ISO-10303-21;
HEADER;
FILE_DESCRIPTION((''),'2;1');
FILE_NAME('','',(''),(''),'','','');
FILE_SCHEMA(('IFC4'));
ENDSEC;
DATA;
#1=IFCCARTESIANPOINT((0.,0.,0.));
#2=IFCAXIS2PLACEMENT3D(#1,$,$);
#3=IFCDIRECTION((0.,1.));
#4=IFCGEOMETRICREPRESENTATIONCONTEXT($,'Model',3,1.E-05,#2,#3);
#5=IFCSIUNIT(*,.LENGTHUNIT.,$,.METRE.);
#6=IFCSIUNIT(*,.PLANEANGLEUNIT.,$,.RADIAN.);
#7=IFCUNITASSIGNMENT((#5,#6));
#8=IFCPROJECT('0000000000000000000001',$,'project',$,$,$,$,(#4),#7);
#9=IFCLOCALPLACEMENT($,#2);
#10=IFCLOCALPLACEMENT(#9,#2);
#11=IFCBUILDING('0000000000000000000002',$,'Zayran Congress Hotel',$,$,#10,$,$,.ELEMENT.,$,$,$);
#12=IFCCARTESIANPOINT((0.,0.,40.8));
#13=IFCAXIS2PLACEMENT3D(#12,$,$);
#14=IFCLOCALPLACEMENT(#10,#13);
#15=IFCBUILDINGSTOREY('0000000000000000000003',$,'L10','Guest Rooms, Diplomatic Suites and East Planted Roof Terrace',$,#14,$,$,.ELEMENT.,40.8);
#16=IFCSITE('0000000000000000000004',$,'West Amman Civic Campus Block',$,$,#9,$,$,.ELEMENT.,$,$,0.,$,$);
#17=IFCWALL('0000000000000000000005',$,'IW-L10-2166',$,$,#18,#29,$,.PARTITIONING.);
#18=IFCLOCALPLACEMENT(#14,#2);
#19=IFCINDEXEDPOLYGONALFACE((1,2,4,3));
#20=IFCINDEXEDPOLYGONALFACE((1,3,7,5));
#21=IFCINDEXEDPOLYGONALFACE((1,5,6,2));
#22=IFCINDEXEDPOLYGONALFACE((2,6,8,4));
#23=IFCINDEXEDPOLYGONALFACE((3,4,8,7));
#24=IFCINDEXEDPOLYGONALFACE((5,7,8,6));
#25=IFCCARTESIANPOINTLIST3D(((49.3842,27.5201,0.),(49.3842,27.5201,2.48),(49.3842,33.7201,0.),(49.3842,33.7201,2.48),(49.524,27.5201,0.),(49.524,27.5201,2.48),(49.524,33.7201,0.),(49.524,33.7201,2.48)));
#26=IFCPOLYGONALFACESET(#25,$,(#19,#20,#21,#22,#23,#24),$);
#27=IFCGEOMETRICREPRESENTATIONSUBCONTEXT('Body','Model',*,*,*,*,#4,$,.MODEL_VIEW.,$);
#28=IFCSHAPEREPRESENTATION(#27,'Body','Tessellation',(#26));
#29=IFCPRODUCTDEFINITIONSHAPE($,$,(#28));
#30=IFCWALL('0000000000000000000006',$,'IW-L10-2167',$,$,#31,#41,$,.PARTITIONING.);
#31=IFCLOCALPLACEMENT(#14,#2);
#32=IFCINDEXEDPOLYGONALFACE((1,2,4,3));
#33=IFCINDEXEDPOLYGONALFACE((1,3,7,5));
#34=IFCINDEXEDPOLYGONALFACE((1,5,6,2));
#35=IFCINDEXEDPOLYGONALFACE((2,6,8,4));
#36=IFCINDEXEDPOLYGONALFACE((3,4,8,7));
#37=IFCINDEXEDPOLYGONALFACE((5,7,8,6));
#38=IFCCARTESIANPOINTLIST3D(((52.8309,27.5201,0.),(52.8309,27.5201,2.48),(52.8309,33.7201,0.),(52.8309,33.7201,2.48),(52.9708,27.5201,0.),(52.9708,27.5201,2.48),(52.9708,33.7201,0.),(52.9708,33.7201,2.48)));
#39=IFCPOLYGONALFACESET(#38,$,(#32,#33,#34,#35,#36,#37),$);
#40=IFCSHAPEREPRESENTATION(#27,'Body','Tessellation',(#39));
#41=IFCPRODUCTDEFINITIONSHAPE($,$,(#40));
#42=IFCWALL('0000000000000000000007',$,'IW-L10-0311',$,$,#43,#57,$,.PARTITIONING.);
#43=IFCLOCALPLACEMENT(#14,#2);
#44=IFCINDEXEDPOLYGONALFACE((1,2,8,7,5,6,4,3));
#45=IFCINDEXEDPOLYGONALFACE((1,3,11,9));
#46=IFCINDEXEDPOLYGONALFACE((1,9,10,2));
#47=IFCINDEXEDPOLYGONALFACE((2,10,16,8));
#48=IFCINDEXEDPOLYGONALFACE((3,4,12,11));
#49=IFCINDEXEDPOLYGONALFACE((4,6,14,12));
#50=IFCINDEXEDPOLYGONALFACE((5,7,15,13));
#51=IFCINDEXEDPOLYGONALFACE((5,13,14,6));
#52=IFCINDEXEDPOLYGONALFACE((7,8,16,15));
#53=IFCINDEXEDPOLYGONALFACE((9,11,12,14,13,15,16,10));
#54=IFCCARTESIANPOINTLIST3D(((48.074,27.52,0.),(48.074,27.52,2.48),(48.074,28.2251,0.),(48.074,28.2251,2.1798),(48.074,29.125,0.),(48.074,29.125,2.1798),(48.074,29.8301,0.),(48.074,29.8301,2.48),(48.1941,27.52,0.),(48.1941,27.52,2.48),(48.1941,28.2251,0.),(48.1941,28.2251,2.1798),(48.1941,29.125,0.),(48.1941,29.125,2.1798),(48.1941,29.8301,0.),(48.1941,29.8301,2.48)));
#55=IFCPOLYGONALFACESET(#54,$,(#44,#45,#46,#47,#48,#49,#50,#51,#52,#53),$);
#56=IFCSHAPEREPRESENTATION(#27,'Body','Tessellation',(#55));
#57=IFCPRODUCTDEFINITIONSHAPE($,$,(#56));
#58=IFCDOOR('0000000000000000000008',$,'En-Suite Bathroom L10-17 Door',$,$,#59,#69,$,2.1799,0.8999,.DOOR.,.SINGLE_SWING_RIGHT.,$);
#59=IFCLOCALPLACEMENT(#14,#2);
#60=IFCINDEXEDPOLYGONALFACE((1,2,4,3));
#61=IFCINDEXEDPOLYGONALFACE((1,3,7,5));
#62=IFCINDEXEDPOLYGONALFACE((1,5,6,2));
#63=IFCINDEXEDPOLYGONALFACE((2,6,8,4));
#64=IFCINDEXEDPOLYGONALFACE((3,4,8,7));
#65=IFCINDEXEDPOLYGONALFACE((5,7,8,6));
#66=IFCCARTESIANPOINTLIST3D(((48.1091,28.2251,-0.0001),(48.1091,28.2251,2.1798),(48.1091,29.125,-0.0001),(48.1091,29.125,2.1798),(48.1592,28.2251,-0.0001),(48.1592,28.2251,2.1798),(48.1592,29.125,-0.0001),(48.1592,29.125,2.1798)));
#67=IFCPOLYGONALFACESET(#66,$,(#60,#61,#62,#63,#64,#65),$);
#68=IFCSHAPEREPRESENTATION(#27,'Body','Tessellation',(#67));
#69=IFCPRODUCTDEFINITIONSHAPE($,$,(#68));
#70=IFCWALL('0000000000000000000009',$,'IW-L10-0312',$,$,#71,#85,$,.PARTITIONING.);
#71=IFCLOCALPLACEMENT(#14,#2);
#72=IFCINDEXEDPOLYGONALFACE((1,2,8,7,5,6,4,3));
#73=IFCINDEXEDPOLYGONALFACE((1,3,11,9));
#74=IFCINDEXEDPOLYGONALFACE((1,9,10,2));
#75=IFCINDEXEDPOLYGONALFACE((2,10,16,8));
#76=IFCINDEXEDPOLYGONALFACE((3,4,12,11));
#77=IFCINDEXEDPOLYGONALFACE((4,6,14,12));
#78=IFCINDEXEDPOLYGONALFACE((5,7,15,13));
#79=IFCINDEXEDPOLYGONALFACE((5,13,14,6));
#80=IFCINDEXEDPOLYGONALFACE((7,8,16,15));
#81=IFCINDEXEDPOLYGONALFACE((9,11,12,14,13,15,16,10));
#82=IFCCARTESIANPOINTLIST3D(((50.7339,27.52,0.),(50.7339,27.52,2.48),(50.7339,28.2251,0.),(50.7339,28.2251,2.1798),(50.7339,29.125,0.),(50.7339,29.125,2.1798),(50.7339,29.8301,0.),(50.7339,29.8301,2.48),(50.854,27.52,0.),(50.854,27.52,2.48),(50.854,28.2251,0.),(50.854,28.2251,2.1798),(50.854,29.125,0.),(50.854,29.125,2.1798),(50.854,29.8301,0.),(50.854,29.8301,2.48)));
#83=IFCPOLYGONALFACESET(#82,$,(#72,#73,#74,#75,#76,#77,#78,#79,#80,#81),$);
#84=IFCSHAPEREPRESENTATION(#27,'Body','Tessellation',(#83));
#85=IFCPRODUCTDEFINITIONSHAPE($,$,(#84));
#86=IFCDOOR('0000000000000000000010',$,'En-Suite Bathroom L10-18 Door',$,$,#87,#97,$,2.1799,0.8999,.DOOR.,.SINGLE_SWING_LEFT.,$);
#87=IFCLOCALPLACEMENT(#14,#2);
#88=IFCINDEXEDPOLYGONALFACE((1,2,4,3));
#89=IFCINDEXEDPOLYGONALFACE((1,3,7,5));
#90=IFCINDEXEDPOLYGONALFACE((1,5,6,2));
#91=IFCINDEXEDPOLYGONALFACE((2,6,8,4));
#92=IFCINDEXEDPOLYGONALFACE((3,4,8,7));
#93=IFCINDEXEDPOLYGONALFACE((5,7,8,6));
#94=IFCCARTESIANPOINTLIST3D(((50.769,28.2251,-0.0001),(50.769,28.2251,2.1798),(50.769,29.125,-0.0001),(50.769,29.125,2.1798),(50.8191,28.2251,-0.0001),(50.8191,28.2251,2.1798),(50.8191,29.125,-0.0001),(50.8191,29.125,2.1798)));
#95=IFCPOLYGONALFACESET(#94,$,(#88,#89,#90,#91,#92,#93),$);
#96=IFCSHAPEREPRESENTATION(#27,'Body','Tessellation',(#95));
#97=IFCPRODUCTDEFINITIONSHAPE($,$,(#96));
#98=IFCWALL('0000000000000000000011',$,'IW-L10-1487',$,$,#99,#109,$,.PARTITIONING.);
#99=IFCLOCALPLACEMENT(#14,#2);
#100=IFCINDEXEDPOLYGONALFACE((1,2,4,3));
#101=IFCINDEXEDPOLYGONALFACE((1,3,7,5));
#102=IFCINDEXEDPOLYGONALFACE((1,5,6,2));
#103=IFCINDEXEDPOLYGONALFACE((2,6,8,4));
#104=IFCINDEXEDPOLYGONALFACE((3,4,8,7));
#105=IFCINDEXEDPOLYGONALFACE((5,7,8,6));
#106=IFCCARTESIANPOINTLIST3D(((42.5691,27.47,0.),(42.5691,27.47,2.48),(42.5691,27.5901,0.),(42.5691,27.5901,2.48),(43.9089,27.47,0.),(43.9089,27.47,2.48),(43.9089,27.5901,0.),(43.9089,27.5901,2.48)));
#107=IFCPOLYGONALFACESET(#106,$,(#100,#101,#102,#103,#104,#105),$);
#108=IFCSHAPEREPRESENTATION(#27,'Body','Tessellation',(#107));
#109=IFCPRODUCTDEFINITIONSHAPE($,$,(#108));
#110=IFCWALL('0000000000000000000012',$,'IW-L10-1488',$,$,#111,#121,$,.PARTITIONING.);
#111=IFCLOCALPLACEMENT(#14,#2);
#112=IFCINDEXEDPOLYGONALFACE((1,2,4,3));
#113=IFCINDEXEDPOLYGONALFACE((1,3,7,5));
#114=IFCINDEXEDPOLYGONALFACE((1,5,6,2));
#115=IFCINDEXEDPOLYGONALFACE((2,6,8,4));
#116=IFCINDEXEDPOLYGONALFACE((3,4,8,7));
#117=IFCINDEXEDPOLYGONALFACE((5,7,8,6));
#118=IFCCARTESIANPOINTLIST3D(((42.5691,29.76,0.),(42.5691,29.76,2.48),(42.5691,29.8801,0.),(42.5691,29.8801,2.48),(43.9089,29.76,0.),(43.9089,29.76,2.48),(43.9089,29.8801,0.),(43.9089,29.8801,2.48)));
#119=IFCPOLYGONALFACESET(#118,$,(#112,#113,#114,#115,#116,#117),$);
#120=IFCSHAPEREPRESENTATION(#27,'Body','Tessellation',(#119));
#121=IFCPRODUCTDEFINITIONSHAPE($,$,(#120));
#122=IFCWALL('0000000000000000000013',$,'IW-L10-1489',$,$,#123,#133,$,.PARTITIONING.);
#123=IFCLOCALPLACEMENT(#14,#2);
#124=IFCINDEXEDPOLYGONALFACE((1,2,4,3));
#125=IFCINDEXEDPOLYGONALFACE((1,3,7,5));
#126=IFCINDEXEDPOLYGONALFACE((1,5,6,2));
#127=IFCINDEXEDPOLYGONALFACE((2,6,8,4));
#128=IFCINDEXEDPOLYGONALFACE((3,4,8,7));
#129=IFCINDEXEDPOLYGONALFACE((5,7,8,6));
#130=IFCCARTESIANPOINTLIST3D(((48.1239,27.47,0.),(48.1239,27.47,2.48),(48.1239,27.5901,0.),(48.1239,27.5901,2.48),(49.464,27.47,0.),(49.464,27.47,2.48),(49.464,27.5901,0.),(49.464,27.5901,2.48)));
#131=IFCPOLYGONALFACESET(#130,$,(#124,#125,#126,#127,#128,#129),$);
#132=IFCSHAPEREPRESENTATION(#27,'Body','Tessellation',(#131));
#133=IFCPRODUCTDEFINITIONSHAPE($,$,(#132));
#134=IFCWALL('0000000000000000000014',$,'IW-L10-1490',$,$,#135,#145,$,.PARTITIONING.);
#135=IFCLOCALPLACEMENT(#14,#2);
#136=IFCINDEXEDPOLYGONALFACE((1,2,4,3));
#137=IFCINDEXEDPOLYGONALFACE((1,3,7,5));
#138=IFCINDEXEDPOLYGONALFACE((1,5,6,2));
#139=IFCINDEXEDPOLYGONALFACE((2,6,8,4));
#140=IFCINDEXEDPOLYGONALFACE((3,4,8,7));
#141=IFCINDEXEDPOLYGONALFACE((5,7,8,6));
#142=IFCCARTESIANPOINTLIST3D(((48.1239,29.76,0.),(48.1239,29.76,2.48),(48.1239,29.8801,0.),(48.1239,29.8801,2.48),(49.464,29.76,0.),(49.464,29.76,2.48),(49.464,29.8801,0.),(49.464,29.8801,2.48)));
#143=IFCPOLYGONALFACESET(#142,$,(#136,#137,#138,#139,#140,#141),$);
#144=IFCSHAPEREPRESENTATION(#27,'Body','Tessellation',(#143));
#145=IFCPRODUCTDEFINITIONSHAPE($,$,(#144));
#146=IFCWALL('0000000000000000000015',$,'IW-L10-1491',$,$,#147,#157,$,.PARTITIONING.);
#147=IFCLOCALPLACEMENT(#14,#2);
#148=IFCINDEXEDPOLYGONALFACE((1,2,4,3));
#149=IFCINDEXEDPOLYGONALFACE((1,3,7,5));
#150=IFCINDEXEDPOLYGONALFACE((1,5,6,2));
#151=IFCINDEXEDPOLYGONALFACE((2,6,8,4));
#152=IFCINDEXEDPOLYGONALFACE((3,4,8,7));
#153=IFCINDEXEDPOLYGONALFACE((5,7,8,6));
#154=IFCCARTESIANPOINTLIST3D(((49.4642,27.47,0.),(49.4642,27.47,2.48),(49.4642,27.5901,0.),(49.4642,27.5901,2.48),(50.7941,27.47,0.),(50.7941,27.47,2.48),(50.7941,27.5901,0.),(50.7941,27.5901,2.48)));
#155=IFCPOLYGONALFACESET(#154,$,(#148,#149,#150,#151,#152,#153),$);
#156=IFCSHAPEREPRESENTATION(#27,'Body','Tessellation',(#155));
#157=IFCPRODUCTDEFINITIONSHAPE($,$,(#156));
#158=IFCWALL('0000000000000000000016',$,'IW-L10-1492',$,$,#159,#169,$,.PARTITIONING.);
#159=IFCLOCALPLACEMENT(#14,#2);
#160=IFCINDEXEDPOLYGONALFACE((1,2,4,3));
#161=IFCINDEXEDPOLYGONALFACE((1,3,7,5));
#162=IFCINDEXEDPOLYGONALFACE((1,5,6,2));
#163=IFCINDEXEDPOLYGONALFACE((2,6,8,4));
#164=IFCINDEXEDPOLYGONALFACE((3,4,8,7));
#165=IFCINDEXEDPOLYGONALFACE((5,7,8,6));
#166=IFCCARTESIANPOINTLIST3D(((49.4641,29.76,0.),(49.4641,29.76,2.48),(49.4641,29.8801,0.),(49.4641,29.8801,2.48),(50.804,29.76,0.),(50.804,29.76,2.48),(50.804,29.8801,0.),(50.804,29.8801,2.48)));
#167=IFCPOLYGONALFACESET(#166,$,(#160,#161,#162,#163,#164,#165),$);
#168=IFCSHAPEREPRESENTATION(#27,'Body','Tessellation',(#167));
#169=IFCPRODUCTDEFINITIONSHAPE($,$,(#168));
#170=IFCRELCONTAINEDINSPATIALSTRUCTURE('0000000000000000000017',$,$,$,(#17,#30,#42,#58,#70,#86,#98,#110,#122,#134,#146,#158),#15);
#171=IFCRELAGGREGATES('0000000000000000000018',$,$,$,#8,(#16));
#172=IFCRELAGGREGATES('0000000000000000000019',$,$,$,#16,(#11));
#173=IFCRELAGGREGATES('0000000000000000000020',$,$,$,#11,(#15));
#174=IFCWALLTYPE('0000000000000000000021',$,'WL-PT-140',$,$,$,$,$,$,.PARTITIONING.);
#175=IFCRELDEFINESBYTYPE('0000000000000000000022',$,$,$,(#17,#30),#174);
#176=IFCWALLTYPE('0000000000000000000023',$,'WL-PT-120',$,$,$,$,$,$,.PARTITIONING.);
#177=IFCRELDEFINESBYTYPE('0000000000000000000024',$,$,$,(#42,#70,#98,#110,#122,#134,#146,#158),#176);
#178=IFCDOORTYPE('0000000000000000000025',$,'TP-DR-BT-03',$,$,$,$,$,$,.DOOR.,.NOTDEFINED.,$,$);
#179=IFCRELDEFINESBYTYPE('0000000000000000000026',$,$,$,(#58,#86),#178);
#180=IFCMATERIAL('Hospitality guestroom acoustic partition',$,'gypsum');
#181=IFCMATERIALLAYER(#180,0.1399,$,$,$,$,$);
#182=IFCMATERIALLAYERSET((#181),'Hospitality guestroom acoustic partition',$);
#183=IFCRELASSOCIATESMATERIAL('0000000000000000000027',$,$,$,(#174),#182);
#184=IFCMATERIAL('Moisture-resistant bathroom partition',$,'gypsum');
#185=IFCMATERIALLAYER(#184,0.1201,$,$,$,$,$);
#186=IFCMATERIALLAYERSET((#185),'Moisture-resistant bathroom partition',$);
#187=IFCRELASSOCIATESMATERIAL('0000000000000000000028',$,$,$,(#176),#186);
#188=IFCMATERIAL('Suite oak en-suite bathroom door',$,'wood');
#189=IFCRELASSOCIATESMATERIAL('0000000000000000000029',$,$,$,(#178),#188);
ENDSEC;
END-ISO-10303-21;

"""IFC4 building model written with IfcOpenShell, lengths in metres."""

from ifc_helpers import new_model, si_unit, direction, frame, frame_2d, origin, place, context, subcontext, project, spatial, rectangle, extrude, material, layer, layer_set, type_object, element, fill, save


model = new_model("IFC4")

# Units and contexts
model_context = context("Model", 3, precision=1e-05, world=origin(), true_north=direction((0.0, 1.0)))
body_context = subcontext(model_context, "Body", "Model", "MODEL_VIEW")
ifc_project = project(units=[si_unit("LENGTHUNIT", "METRE"), si_unit("PLANEANGLEUNIT", "RADIAN")], contexts=[model_context])

# Site, building, storey
site_placement = place(None, origin())
site = spatial("IfcSite", under=ifc_project, at=site_placement, Name="West Amman Civic Campus Block", CompositionType="ELEMENT", RefElevation=0.0)
building_placement = place(site_placement, origin())
building = spatial("IfcBuilding", under=site, at=building_placement, Name="Zayran Congress Hotel", CompositionType="ELEMENT")
storey_placement = place(building_placement, frame((0.0, 0.0, 40.8)))
storey = spatial("IfcBuildingStorey", under=building, at=storey_placement, Name="L10", Description="Guest Rooms, Diplomatic Suites and East Planted Roof Terrace", CompositionType="ELEMENT", Elevation=40.8)

# Shared definitions
ifc_material_1 = material(Name="Hospitality guestroom acoustic partition", Category="gypsum")
ifc_layer_1 = layer(ifc_material_1, 0.1399)
ifc_layer_set_1 = layer_set([ifc_layer_1], Name="Hospitality guestroom acoustic partition")
wall_type_1 = type_object("IfcWallType", Name="WL-PT-140", PredefinedType="PARTITIONING", material=ifc_layer_set_1)

# Walls
for number, where, z_axis, x_axis, name in (
    (1, (49.4541, 27.52, 0.0), (0.0, 0.0, 1.0), (0.0, 1.0, 0.0), "IW-L10-2166"),
    (2, (52.9009, 27.52, 0.0), (0.0, 0.0, 1.0), (0.0, 1.0, 0.0), "IW-L10-2167"),
):
    element("IfcWall", number, at=place(storey_placement, frame(where, z_axis=z_axis, x_axis=x_axis)), inside=storey, type_object=wall_type_1, Name=name, PredefinedType="PARTITIONING", context=body_context, shape_type="SweptSolid", body=[
        extrude(rectangle(XDim=6.2, YDim=0.1399, at=frame_2d((3.1001, 0.0))), origin(), (0.0, 0.0, 1.0), 2.48),
    ])

# Walls, openings, doors
ifc_material_2 = material(Name="Moisture-resistant bathroom partition", Category="gypsum")
ifc_layer_2 = layer(ifc_material_2, 0.1201)
ifc_layer_set_2 = layer_set([ifc_layer_2], Name="Moisture-resistant bathroom partition")
wall_type_2 = type_object("IfcWallType", Name="WL-PT-120", PredefinedType="PARTITIONING", material=ifc_layer_set_2)
wall_1_placement = place(storey_placement, frame((48.134, 27.52, 0.0), z_axis=(0.0, 0.0, 1.0), x_axis=(0.0, 1.0, 0.0)))
wall_1 = element("IfcWall", 3, at=wall_1_placement, inside=storey, type_object=wall_type_2, Name="IW-L10-0311", PredefinedType="PARTITIONING", context=body_context, shape_type="SweptSolid", body=[
    extrude(rectangle(XDim=2.3101, YDim=0.1201, at=frame_2d((1.155, 0.0))), origin(), (0.0, 0.0, 1.0), 2.48),
])
opening_1_placement = place(wall_1_placement, frame((0.7051, 0.0, 0.0)))
opening_1 = element("IfcOpeningElement", 4, at=opening_1_placement, cuts=wall_1, PredefinedType="OPENING", context=body_context, shape_type="SweptSolid", body=[
    extrude(rectangle(XDim=0.8999, YDim=2.1799, at=frame_2d((0.45, 1.0898))), frame((0.0, 0.0701, 0.0), z_axis=(0.0, -1.0, 0.0), x_axis=(1.0, 0.0, 0.0)), (0.0, 0.0, 1.0), 0.1401),
])
ifc_material_3 = material(Name="Suite oak en-suite bathroom door", Category="wood")
door_type_1 = type_object("IfcDoorType", Name="TP-DR-BT-03", OperationType="NOTDEFINED", PredefinedType="DOOR", material=ifc_material_3)
door_1_placement = place(opening_1_placement, origin())
door_1 = element("IfcDoor", 5, at=door_1_placement, inside=storey, type_object=door_type_1, Name="En-Suite Bathroom L10-17 Door", OperationType="SINGLE_SWING_RIGHT", OverallHeight=2.1799, OverallWidth=0.8999, PredefinedType="DOOR", context=body_context, shape_type="SweptSolid", body=[
    extrude(rectangle(XDim=0.8999, YDim=2.1799, at=frame_2d((0.45, 1.0898))), frame((0.0, 0.0249, 0.0), z_axis=(0.0, -1.0, 0.0), x_axis=(1.0, 0.0, 0.0)), (0.0, 0.0, 1.0), 0.05),
])
fill(opening_1, door_1)
wall_2_placement = place(storey_placement, frame((50.7939, 27.52, 0.0), z_axis=(0.0, 0.0, 1.0), x_axis=(0.0, 1.0, 0.0)))
wall_2 = element("IfcWall", 6, at=wall_2_placement, inside=storey, type_object=wall_type_2, Name="IW-L10-0312", PredefinedType="PARTITIONING", context=body_context, shape_type="SweptSolid", body=[
    extrude(rectangle(XDim=2.3101, YDim=0.1201, at=frame_2d((1.155, 0.0))), origin(), (0.0, 0.0, 1.0), 2.48),
])
opening_2_placement = place(wall_2_placement, frame((0.7051, 0.0, 0.0)))
opening_2 = element("IfcOpeningElement", 7, at=opening_2_placement, cuts=wall_2, PredefinedType="OPENING", context=body_context, shape_type="SweptSolid", body=[
    extrude(rectangle(XDim=0.8999, YDim=2.1799, at=frame_2d((0.45, 1.0898))), frame((0.0, 0.0701, 0.0), z_axis=(0.0, -1.0, 0.0), x_axis=(1.0, 0.0, 0.0)), (0.0, 0.0, 1.0), 0.1401),
])
door_2_placement = place(opening_2_placement, origin())
door_2 = element("IfcDoor", 8, at=door_2_placement, inside=storey, type_object=door_type_1, Name="En-Suite Bathroom L10-18 Door", OperationType="SINGLE_SWING_LEFT", OverallHeight=2.1799, OverallWidth=0.8999, PredefinedType="DOOR", context=body_context, shape_type="SweptSolid", body=[
    extrude(rectangle(XDim=0.8999, YDim=2.1799, at=frame_2d((0.45, 1.0898))), frame((0.0, 0.0249, 0.0), z_axis=(0.0, -1.0, 0.0), x_axis=(1.0, 0.0, 0.0)), (0.0, 0.0, 1.0), 0.05),
])
fill(opening_2, door_2)

# Walls
for number, where, z_axis, x_axis, name in (
    (9, (42.5691, 27.53, 0.0), (0.0, 0.0, 1.0), (1.0, 0.0, 0.0), "IW-L10-1487"),
    (10, (42.5691, 29.8201, 0.0), (0.0, 0.0, 1.0), (1.0, 0.0, 0.0), "IW-L10-1488"),
):
    element("IfcWall", number, at=place(storey_placement, frame(where, z_axis=z_axis, x_axis=x_axis)), inside=storey, type_object=wall_type_2, Name=name, PredefinedType="PARTITIONING", context=body_context, shape_type="SweptSolid", body=[
        extrude(rectangle(XDim=1.3398, YDim=0.1201, at=frame_2d((0.6699, 0.0))), origin(), (0.0, 0.0, 1.0), 2.48),
    ])
for number, where, z_axis, x_axis, name in (
    (11, (48.124, 27.53, 0.0), (0.0, 0.0, 1.0), (1.0, 0.0, 0.0), "IW-L10-1489"),
    (12, (48.124, 29.8201, 0.0), (0.0, 0.0, 1.0), (1.0, 0.0, 0.0), "IW-L10-1490"),
):
    element("IfcWall", number, at=place(storey_placement, frame(where, z_axis=z_axis, x_axis=x_axis)), inside=storey, type_object=wall_type_2, Name=name, PredefinedType="PARTITIONING", context=body_context, shape_type="SweptSolid", body=[
        extrude(rectangle(XDim=1.3401, YDim=0.1201, at=frame_2d((0.6699, 0.0))), origin(), (0.0, 0.0, 1.0), 2.48),
    ])
wall_3_placement = place(storey_placement, frame((49.4641, 27.53, 0.0), z_axis=(0.0, 0.0, 1.0), x_axis=(1.0, 0.0, 0.0)))
element("IfcWall", 13, at=wall_3_placement, inside=storey, type_object=wall_type_2, Name="IW-L10-1491", PredefinedType="PARTITIONING", context=body_context, shape_type="SweptSolid", body=[
    extrude(rectangle(XDim=1.3298, YDim=0.1201, at=frame_2d((0.665, 0.0))), origin(), (0.0, 0.0, 1.0), 2.48),
])
wall_4_placement = place(storey_placement, frame((49.4641, 29.8201, 0.0), z_axis=(0.0, 0.0, 1.0), x_axis=(1.0, 0.0, 0.0)))
element("IfcWall", 14, at=wall_4_placement, inside=storey, type_object=wall_type_2, Name="IW-L10-1492", PredefinedType="PARTITIONING", context=body_context, shape_type="SweptSolid", body=[
    extrude(rectangle(XDim=1.3398, YDim=0.1201, at=frame_2d((0.6699, 0.0))), origin(), (0.0, 0.0, 1.0), 2.48),
])

save(model, "model.ifc")
